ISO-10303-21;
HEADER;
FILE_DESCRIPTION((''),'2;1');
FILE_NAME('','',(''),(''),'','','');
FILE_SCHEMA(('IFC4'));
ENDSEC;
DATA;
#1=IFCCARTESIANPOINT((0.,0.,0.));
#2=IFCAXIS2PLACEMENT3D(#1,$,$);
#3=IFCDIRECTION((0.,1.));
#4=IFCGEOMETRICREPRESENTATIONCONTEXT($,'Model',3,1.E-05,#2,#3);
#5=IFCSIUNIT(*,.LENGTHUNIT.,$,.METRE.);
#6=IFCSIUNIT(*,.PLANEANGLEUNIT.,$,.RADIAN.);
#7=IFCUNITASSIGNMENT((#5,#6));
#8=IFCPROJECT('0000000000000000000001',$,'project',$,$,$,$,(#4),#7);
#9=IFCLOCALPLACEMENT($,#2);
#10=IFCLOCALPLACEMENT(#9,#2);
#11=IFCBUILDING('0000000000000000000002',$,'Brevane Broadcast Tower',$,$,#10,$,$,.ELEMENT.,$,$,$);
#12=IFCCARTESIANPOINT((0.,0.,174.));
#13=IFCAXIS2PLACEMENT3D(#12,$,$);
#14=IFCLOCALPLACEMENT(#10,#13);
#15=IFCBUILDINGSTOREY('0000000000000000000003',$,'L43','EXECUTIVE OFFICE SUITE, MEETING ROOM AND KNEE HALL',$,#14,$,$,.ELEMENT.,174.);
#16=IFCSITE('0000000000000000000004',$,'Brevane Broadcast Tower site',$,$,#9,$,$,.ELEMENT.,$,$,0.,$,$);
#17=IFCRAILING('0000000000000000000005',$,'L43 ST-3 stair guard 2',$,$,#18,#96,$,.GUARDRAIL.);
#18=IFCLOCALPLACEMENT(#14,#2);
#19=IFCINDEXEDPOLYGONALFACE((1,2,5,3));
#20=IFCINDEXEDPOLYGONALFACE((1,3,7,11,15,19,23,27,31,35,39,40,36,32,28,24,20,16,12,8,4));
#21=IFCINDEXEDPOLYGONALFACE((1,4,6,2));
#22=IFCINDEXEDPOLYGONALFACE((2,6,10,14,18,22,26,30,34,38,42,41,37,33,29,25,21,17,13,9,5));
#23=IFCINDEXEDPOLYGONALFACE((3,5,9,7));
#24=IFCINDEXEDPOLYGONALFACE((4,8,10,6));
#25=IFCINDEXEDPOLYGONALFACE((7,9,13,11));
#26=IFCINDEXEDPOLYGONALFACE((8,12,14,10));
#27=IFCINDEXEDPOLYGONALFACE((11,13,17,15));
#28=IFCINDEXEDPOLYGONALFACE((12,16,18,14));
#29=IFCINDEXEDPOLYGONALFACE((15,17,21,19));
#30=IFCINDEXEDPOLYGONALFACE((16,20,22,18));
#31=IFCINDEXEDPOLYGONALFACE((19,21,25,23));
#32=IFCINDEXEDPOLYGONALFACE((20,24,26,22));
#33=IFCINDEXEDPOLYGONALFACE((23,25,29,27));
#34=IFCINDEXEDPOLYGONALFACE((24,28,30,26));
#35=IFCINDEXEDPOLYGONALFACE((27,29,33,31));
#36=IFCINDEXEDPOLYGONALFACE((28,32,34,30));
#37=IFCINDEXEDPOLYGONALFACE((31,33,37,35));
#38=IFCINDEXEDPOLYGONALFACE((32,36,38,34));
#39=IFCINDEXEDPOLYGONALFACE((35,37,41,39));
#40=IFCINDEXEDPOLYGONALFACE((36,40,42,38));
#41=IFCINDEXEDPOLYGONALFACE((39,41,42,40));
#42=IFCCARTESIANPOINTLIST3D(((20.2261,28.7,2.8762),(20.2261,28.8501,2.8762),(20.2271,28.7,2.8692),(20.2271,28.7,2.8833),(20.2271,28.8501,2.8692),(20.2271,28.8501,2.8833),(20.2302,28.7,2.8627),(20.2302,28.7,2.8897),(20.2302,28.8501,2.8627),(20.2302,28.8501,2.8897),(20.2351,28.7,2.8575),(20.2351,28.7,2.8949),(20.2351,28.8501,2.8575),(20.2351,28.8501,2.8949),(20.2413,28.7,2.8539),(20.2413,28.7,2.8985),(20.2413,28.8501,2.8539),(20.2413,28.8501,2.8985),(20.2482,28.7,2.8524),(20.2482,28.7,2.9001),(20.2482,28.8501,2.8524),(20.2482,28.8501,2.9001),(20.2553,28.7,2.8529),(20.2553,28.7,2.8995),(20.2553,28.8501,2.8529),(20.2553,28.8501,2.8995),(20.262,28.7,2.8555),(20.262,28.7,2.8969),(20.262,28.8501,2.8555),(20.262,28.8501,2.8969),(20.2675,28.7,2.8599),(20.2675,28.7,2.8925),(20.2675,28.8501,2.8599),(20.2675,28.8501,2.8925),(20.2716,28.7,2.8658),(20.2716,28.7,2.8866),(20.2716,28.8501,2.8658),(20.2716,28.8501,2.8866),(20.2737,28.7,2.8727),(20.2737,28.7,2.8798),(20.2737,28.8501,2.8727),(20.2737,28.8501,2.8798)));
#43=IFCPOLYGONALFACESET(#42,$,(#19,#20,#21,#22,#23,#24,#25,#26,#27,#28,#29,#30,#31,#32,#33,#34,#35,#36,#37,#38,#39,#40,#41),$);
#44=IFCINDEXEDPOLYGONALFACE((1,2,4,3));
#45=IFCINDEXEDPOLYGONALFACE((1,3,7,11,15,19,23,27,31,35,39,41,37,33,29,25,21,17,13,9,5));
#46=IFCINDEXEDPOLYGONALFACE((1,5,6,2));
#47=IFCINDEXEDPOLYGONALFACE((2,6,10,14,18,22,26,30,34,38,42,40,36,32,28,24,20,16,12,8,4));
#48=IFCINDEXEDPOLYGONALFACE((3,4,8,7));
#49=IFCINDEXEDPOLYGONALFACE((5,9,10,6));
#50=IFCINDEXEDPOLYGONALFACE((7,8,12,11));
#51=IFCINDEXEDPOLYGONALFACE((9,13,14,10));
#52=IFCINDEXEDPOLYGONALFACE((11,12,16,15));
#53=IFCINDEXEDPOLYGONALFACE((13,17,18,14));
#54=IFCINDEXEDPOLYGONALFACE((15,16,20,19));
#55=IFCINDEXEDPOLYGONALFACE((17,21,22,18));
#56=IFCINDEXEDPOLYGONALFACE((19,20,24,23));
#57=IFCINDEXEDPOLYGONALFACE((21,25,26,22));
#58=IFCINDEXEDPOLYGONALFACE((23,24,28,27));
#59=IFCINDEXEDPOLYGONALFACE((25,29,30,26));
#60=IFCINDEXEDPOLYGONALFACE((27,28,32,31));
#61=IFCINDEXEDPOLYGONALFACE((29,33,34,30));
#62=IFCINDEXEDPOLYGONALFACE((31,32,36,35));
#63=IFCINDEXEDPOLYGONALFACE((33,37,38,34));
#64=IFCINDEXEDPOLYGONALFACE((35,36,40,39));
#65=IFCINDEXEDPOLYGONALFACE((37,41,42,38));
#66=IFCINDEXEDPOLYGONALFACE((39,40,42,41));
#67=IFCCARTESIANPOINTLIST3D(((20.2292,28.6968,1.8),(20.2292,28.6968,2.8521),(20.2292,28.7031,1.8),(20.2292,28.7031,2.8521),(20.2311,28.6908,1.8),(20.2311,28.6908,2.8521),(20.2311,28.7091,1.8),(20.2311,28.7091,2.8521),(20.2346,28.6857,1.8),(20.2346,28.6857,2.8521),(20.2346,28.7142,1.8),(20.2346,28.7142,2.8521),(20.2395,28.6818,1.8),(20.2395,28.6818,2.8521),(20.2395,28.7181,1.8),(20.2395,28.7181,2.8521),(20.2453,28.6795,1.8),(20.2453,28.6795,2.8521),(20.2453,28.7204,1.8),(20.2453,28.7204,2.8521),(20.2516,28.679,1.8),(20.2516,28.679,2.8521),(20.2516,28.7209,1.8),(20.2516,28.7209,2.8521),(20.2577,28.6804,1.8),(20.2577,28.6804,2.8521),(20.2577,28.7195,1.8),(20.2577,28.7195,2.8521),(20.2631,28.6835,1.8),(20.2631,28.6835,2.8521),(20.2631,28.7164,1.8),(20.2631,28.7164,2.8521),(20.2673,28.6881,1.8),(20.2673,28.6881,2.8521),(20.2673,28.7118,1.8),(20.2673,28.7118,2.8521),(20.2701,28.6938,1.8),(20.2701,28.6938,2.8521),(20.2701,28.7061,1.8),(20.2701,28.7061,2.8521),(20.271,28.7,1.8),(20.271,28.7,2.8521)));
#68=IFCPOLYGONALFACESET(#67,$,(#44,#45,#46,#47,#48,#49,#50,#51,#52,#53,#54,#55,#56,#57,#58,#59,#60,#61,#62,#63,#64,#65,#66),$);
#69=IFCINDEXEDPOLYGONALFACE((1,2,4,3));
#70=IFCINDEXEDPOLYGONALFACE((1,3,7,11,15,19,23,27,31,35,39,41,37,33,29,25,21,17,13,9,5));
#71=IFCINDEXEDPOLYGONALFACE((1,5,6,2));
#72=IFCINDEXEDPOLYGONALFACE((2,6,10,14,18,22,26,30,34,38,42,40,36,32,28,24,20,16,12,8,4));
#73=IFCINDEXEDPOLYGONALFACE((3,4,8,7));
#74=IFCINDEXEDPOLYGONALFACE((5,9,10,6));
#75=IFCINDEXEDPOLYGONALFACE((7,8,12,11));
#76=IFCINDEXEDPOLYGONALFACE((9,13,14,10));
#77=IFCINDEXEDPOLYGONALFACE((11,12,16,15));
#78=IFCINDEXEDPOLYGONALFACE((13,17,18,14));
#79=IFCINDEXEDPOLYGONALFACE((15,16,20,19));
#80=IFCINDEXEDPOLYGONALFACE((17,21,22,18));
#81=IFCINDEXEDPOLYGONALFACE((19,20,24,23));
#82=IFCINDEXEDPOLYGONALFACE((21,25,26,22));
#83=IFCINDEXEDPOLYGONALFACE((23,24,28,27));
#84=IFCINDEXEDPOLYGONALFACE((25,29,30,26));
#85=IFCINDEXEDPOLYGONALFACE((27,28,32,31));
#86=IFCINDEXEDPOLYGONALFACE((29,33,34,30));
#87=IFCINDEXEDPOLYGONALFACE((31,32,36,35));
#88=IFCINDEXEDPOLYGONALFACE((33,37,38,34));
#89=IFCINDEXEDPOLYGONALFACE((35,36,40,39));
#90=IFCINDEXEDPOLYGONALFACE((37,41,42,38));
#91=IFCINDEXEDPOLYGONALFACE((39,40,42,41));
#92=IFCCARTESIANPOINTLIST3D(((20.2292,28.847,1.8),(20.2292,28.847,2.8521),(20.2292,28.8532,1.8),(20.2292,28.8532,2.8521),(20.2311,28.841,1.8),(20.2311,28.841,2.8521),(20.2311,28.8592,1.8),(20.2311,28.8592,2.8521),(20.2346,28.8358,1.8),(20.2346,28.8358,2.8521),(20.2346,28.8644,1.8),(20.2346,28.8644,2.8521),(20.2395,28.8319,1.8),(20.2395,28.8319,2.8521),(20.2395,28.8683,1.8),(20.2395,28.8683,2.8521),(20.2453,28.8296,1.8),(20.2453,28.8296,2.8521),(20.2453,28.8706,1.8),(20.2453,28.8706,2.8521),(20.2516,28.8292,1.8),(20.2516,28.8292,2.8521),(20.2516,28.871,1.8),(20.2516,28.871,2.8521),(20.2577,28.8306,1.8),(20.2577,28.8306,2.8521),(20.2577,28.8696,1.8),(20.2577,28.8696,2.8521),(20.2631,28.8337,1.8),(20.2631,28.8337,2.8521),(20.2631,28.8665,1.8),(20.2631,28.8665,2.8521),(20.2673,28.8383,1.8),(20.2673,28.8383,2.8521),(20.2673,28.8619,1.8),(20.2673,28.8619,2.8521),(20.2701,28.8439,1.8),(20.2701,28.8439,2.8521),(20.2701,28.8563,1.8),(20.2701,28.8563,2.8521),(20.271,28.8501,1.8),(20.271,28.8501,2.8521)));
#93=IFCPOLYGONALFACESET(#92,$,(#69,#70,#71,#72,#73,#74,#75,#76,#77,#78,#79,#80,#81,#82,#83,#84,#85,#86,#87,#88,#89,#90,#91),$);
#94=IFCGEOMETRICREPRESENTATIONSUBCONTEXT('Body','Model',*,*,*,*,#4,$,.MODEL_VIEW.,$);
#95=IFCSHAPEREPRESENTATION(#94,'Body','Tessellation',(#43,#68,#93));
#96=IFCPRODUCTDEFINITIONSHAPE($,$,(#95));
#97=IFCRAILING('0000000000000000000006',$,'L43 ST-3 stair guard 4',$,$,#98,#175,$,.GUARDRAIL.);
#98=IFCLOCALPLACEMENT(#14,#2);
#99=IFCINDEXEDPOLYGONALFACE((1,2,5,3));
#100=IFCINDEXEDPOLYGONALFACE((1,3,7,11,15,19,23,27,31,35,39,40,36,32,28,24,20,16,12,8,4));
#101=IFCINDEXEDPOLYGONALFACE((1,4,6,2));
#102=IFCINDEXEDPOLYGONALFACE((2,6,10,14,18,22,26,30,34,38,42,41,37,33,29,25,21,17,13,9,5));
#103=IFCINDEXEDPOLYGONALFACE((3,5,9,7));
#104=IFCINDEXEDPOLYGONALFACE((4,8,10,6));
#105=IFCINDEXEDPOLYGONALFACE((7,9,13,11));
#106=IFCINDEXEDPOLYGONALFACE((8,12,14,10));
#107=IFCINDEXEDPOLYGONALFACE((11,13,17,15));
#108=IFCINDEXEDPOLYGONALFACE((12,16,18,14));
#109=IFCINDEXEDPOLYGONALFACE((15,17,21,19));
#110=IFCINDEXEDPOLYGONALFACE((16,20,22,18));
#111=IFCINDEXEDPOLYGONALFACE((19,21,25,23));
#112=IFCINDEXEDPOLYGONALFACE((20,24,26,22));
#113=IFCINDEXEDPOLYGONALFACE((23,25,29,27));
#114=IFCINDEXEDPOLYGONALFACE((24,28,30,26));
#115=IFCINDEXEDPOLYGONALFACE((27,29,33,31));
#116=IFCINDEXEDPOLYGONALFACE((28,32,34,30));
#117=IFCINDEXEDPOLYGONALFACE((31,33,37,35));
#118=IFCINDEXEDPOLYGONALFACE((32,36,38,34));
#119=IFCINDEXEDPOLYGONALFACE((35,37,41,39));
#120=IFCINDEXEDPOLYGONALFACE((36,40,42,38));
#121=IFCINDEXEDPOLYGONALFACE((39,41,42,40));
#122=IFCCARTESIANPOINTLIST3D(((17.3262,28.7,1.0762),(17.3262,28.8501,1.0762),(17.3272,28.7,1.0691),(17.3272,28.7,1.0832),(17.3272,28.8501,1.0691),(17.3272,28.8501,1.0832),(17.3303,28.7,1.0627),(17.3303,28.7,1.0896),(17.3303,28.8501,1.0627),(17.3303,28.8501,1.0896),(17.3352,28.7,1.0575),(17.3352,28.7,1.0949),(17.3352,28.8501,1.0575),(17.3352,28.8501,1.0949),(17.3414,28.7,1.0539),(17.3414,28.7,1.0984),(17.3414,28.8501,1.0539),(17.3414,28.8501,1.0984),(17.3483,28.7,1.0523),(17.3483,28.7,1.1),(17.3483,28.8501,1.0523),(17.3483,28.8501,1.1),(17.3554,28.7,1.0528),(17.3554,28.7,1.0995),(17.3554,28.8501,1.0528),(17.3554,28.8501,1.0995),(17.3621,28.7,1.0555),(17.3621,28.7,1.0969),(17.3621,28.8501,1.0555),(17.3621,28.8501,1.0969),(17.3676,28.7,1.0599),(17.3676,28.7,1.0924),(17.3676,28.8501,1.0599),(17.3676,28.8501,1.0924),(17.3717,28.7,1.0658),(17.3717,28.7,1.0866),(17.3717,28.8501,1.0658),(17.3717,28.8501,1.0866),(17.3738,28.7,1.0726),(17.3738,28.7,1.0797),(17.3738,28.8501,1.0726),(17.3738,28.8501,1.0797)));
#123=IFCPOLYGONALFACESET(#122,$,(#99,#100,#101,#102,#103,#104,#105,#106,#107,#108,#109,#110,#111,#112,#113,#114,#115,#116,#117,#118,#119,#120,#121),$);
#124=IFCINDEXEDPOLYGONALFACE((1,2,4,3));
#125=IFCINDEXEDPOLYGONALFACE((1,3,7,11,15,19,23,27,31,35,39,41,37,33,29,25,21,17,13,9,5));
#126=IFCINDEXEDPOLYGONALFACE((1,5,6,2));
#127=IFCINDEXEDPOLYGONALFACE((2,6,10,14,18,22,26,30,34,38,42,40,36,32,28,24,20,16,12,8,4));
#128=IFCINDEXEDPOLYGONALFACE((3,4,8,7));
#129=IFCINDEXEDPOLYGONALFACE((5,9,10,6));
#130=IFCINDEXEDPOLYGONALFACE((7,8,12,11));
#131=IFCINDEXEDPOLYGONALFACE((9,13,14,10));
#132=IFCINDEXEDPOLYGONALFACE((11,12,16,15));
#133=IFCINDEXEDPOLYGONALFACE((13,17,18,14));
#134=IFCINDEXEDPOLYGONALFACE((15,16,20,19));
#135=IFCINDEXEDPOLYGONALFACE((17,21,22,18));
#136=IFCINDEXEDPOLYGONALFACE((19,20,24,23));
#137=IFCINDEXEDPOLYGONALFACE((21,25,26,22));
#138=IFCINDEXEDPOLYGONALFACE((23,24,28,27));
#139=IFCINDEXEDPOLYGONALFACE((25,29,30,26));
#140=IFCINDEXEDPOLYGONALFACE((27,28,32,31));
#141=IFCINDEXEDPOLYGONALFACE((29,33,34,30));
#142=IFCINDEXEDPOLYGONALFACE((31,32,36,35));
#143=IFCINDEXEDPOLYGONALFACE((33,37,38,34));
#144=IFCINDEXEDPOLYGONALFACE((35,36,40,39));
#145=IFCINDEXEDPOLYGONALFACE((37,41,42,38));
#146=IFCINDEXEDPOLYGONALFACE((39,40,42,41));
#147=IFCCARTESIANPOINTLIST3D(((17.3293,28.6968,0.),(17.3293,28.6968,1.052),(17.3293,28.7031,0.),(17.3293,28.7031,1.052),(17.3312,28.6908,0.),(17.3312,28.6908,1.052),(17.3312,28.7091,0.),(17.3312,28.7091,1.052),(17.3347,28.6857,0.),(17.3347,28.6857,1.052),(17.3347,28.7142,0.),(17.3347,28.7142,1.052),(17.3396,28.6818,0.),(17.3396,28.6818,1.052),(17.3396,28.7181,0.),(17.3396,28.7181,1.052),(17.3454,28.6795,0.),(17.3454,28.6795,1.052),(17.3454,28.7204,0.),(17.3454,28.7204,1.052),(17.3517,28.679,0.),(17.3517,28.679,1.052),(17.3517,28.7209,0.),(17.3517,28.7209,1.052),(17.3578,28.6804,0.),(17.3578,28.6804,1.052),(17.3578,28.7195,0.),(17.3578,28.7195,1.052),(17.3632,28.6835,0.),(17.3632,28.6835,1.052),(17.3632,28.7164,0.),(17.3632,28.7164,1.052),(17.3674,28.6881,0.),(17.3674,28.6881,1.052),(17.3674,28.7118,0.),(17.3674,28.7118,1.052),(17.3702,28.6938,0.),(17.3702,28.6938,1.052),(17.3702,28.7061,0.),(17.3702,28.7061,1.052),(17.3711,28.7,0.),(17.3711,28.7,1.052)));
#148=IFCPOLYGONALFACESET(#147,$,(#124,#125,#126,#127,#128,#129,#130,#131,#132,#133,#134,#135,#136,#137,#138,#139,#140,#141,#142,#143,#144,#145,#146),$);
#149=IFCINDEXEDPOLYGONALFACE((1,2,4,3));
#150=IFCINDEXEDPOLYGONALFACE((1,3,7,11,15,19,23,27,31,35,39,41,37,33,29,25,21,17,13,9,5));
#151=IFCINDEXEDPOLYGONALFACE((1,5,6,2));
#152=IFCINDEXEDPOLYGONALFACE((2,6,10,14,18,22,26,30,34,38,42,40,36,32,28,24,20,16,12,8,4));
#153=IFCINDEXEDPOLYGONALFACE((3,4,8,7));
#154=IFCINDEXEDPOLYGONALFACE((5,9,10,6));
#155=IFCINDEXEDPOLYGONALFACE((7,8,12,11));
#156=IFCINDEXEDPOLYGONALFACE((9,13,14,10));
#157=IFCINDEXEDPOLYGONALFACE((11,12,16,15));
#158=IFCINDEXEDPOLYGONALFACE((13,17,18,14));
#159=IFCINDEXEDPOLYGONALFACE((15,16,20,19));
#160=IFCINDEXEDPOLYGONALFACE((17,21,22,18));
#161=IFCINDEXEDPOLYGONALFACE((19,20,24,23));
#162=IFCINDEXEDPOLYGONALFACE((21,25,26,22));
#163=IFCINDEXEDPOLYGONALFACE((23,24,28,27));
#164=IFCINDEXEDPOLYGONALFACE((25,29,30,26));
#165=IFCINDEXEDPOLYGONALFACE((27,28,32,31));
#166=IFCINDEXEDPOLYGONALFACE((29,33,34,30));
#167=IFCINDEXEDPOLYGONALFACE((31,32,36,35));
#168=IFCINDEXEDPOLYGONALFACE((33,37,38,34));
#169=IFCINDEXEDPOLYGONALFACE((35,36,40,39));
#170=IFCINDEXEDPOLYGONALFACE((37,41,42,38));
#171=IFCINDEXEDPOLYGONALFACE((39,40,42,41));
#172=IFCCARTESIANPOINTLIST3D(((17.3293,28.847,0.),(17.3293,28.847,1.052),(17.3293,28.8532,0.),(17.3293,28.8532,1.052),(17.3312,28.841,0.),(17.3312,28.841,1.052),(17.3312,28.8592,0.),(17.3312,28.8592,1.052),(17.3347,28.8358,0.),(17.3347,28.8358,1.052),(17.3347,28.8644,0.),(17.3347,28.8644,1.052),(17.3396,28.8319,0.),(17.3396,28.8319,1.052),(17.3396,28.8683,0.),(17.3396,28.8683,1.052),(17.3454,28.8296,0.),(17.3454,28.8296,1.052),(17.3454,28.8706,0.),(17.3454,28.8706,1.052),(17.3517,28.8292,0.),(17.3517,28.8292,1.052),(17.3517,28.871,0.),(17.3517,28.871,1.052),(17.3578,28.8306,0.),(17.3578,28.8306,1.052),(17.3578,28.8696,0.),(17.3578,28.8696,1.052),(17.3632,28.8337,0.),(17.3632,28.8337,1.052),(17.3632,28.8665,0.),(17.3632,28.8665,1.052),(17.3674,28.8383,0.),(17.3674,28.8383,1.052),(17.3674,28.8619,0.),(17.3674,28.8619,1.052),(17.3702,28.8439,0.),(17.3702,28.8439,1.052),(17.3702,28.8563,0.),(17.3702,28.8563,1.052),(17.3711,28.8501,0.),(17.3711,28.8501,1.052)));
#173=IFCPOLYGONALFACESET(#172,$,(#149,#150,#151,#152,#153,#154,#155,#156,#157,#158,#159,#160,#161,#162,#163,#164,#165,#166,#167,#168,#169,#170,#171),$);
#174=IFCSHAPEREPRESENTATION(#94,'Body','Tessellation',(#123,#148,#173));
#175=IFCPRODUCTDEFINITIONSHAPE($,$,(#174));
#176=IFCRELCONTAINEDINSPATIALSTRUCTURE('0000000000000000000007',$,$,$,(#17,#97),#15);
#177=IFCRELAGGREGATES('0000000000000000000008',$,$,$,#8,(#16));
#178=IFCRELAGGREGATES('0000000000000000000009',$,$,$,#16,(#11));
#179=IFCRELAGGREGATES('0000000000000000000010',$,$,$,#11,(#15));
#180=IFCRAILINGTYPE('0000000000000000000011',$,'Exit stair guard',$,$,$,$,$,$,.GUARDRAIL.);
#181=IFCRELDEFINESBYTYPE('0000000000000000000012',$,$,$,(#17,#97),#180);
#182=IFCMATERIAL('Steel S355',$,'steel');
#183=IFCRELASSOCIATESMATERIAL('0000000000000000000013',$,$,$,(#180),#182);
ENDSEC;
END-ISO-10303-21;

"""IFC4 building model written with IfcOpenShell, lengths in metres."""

from ifc_helpers import new_model, si_unit, direction, frame, origin, origin_2d, place, context, subcontext, project, spatial, circle, extrude, material, type_object, element, save


model = new_model("IFC4")

# Units and contexts
model_context = context("Model", 3, precision=1e-05, world=origin(), true_north=direction((0.0, 1.0)))
body_context = subcontext(model_context, "Body", "Model", "MODEL_VIEW")
ifc_project = project(units=[si_unit("LENGTHUNIT", "METRE"), si_unit("PLANEANGLEUNIT", "RADIAN")], contexts=[model_context])

# Site, building, storey
site_placement = place(None, origin())
site = spatial("IfcSite", under=ifc_project, at=site_placement, Name="Brevane Broadcast Tower site", CompositionType="ELEMENT", RefElevation=0.0)
building_placement = place(site_placement, origin())
building = spatial("IfcBuilding", under=site, at=building_placement, Name="Brevane Broadcast Tower", CompositionType="ELEMENT")
storey_placement = place(building_placement, frame((0.0, 0.0, 174.0)))
storey = spatial("IfcBuildingStorey", under=building, at=storey_placement, Name="L43", Description="EXECUTIVE OFFICE SUITE, MEETING ROOM AND KNEE HALL", CompositionType="ELEMENT", Elevation=174.0)

# Railings
ifc_material_1 = material(Name="Steel S355", Category="steel")
railing_type_1 = type_object("IfcRailingType", Name="Exit stair guard", PredefinedType="GUARDRAIL", material=ifc_material_1)
for number, where, name in (
    (1, (20.25, 28.7, 1.8), "L43 ST-3 stair guard 2"),
    (2, (17.3501, 28.7, 0.0), "L43 ST-3 stair guard 4"),
):
    element("IfcRailing", number, at=place(storey_placement, frame(where)), inside=storey, type_object=railing_type_1, Name=name, PredefinedType="GUARDRAIL", context=body_context, shape_type="SweptSolid", body=[
        extrude(circle(Radius=0.0239, at=origin_2d()), frame((0.0, 0.0, 1.0762), z_axis=(0.0, 1.0, 0.0), x_axis=(-1.0, 0.0, 0.0)), (0.0, 0.0, 1.0), 0.1501),
        extrude(circle(Radius=0.021, at=origin_2d()), origin(), (0.0, 0.0, 1.0), 1.052),
        extrude(circle(Radius=0.021, at=origin_2d()), frame((0.0, 0.1501, 0.0)), (0.0, 0.0, 1.0), 1.052),
    ])

save(model, "model.ifc")
